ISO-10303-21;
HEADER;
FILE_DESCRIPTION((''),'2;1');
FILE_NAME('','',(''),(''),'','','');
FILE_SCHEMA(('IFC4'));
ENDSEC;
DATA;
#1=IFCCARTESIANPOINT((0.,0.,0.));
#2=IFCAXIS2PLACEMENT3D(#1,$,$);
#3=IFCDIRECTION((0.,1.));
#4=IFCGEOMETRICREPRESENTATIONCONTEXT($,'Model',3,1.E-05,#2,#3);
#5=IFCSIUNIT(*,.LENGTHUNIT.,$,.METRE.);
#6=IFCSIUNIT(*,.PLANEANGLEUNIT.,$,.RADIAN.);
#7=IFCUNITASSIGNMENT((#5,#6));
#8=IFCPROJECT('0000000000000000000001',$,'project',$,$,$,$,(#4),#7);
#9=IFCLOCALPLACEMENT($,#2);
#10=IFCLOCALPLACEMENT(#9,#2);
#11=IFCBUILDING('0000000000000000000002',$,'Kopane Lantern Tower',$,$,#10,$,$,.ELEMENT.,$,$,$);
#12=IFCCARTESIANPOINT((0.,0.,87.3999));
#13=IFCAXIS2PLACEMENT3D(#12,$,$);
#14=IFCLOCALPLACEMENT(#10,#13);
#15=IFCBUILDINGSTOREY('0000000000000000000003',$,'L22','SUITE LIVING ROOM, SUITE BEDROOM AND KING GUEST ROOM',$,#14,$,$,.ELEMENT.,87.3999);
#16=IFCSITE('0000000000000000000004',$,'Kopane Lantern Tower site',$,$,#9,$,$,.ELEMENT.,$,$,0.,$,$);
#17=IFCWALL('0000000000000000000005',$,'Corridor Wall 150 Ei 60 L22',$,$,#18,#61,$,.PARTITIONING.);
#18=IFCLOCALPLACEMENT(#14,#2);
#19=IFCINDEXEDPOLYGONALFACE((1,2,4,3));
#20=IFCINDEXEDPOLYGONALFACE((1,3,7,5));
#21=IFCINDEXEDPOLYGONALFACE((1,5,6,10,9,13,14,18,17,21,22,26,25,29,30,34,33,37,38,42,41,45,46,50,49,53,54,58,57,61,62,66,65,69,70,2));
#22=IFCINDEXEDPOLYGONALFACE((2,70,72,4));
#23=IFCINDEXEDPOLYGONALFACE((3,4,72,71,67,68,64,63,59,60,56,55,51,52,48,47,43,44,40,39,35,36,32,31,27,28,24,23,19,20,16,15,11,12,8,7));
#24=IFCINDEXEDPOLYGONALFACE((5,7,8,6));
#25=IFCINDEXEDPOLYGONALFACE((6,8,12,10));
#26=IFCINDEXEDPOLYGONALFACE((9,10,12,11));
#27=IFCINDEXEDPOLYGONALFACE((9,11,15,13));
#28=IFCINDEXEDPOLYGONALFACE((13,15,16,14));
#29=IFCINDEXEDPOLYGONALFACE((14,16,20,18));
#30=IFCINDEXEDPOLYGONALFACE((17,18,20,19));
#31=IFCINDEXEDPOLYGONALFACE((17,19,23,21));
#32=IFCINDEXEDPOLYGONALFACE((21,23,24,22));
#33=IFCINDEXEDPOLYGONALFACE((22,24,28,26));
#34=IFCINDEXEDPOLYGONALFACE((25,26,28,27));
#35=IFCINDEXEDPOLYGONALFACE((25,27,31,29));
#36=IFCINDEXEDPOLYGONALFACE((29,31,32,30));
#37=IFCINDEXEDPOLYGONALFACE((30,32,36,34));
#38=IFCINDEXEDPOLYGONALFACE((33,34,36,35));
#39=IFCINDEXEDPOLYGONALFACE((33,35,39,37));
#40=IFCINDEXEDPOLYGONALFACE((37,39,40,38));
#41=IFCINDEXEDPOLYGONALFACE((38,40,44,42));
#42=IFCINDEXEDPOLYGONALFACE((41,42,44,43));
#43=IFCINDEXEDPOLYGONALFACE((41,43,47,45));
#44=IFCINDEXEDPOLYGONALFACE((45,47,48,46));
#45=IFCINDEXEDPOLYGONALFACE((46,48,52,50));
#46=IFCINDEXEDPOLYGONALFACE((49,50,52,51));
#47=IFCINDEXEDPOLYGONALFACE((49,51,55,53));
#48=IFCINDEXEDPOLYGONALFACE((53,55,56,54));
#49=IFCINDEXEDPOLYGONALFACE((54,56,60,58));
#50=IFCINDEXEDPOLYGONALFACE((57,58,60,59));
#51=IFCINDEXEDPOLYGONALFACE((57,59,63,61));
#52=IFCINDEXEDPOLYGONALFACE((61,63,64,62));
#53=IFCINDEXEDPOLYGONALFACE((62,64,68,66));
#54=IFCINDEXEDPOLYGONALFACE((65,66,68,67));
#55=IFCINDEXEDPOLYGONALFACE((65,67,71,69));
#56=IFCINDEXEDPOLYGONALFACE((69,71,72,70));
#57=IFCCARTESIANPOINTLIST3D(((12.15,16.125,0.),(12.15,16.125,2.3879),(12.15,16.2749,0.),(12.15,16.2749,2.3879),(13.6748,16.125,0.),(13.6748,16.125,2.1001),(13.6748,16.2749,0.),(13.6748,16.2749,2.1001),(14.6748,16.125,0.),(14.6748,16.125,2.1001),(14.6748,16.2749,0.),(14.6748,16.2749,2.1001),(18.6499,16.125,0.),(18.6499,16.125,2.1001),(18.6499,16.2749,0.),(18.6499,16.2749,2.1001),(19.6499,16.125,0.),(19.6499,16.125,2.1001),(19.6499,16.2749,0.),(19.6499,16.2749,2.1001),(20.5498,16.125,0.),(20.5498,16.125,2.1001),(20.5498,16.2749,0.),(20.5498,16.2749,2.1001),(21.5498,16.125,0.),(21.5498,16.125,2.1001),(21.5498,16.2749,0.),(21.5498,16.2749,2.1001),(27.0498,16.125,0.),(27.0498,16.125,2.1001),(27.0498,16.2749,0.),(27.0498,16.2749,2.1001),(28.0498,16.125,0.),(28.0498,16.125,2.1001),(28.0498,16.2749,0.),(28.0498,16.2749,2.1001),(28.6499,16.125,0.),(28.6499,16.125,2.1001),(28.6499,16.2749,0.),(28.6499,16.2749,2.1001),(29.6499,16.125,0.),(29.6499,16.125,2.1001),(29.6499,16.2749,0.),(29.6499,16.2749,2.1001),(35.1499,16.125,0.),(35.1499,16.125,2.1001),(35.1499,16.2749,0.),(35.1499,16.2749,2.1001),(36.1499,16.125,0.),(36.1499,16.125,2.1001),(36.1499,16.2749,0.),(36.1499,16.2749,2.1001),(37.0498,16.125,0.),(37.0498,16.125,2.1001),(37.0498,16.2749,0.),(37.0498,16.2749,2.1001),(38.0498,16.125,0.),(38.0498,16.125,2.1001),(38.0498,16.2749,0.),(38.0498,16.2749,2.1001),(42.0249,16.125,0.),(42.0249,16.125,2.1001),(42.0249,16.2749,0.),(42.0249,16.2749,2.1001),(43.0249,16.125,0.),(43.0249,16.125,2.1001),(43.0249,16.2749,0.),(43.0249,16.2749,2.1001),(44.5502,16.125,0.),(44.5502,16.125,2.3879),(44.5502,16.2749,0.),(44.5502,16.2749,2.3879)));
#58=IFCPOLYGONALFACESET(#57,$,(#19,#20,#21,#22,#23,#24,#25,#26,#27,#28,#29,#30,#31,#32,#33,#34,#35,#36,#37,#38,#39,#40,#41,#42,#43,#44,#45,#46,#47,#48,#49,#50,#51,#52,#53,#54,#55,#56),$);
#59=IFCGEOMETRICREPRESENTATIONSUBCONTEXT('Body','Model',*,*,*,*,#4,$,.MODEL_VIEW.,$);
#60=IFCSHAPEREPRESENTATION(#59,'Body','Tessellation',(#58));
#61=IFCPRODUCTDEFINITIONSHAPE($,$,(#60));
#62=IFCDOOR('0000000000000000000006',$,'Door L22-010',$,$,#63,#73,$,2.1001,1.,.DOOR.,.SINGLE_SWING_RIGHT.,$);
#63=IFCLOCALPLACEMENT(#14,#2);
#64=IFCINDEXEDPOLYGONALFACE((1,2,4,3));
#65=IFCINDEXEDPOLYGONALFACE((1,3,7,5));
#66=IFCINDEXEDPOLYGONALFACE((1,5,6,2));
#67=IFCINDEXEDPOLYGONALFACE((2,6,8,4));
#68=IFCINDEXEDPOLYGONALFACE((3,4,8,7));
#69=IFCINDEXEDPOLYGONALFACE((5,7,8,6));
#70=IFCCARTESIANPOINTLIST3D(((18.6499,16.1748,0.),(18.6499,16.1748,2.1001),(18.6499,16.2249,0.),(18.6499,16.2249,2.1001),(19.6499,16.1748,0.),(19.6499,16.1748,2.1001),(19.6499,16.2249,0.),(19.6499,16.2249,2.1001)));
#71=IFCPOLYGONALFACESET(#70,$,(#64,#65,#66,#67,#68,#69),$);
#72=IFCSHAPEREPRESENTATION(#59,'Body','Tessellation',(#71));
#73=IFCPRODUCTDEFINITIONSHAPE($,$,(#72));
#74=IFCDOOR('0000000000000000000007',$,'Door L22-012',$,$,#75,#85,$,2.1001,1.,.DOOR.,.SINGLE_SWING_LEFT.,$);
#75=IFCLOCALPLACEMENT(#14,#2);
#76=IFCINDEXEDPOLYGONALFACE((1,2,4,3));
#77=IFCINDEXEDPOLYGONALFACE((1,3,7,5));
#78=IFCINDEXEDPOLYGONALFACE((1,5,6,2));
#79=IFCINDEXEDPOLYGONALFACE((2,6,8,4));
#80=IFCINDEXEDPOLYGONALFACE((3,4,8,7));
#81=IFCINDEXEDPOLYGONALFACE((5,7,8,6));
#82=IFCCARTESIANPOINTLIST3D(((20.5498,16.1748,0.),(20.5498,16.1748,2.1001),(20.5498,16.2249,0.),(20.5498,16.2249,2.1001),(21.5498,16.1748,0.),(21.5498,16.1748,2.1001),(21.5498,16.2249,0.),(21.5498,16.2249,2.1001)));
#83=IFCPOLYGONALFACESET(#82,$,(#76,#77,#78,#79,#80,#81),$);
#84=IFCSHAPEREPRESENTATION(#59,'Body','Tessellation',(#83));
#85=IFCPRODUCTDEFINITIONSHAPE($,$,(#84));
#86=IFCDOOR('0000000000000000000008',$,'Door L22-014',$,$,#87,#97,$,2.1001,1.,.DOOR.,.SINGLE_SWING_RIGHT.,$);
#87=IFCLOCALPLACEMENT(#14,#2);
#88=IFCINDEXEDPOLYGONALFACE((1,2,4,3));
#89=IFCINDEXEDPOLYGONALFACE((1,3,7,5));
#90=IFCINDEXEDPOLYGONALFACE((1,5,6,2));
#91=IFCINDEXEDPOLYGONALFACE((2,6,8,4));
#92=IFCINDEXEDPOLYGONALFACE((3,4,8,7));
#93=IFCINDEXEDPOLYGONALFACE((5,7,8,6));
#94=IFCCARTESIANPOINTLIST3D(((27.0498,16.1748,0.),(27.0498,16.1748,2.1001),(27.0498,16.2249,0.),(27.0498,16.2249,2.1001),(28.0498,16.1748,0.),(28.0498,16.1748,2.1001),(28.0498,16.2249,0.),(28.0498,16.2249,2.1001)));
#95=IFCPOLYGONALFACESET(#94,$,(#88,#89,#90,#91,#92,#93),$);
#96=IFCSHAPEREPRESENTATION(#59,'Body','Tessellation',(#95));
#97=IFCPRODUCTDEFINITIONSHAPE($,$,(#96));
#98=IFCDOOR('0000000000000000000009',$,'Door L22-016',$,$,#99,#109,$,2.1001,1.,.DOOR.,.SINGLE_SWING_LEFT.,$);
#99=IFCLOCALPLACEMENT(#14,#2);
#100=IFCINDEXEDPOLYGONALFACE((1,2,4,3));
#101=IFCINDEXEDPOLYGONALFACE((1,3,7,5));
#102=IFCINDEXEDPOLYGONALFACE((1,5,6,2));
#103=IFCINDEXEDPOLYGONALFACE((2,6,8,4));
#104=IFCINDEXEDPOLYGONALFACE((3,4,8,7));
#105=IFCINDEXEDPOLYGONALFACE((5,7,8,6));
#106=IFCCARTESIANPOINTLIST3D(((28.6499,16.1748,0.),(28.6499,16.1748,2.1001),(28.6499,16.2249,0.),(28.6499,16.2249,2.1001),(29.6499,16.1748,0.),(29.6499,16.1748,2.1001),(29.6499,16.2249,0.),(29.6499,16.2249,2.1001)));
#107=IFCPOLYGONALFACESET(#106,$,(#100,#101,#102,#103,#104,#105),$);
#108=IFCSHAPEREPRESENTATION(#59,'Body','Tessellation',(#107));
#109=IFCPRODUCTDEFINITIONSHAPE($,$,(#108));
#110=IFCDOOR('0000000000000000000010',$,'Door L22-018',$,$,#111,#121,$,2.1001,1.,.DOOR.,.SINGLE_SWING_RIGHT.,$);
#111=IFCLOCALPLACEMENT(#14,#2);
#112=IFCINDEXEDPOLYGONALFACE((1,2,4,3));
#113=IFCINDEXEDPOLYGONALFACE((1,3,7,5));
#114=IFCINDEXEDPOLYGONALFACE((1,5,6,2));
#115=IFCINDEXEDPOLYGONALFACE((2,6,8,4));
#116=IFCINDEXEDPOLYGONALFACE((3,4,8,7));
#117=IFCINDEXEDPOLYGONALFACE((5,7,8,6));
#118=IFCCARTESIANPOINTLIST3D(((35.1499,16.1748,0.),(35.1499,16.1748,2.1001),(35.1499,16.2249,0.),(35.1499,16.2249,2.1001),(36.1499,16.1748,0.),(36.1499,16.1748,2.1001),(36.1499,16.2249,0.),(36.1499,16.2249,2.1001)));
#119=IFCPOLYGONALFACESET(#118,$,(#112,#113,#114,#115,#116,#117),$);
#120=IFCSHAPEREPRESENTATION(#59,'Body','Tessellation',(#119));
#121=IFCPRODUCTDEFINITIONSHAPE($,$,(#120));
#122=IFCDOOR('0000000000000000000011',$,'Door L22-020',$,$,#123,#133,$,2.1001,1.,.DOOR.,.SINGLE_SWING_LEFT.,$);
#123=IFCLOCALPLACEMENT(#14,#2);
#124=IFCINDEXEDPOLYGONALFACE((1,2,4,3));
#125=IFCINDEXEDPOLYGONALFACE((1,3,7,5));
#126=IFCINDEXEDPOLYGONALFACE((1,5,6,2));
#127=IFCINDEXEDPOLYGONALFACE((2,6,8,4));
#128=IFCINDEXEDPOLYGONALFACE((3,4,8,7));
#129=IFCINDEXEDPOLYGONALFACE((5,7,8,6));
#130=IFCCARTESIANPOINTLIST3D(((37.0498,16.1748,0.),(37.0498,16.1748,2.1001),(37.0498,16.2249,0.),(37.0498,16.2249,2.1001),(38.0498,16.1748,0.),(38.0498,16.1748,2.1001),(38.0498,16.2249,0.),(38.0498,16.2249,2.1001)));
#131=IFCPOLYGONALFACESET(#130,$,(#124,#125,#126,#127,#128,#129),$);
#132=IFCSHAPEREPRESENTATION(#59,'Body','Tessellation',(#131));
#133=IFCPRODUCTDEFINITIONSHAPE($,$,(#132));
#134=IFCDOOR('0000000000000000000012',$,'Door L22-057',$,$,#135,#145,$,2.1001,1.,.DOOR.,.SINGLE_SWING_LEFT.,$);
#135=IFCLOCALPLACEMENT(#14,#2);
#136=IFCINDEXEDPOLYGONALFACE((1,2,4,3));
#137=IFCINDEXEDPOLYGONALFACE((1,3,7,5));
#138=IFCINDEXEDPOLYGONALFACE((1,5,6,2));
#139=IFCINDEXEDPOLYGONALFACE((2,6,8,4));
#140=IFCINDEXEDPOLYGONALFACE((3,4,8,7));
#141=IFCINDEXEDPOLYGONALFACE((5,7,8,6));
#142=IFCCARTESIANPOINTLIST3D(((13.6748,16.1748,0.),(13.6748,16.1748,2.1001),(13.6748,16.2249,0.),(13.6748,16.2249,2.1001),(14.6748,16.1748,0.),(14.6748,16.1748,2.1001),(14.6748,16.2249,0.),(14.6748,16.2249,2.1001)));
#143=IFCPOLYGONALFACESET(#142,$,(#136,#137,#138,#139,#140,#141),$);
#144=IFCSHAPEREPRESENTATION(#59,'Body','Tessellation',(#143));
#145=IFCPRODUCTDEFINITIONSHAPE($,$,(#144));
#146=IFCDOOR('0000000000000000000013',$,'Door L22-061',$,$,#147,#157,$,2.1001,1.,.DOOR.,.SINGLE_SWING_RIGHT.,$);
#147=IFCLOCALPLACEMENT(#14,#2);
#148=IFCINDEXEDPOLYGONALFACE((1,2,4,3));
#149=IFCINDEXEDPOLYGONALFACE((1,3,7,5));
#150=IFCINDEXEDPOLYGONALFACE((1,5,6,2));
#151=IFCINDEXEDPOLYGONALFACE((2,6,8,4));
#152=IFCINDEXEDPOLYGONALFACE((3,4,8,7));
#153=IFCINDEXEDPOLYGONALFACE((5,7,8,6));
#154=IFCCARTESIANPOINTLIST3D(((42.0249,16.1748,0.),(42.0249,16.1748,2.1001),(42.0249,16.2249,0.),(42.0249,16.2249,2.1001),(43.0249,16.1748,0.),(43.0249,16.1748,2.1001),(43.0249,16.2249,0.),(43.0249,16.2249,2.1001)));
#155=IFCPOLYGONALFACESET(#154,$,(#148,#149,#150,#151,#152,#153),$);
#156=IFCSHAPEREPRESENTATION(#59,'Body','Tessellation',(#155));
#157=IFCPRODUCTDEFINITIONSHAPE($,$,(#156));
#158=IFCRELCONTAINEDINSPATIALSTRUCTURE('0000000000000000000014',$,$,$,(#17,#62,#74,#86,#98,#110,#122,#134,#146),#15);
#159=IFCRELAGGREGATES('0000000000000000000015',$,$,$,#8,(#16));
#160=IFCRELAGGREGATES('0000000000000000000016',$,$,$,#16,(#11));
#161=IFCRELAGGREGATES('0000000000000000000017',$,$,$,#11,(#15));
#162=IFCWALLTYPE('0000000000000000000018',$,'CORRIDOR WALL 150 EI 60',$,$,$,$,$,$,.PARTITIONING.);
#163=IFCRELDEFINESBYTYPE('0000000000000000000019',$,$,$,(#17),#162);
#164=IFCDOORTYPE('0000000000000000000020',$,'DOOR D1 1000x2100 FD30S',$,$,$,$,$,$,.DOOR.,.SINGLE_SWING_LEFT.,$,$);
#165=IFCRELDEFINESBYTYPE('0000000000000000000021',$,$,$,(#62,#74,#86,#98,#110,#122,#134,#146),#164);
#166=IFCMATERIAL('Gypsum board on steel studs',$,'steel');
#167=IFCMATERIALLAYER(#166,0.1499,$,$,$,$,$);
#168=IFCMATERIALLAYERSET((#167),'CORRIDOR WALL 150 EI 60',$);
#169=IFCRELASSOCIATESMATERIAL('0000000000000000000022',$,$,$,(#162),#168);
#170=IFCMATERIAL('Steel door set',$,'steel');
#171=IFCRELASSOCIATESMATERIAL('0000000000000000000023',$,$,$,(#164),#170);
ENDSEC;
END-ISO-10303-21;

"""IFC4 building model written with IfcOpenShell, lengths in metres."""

from ifc_helpers import new_model, si_unit, direction, frame, frame_2d, origin, place, context, subcontext, project, spatial, rectangle, extrude, material, layer, layer_set, type_object, element, fill, save


model = new_model("IFC4")

# Units and contexts
model_context = context("Model", 3, precision=1e-05, world=origin(), true_north=direction((0.0, 1.0)))
body_context = subcontext(model_context, "Body", "Model", "MODEL_VIEW")
ifc_project = project(units=[si_unit("LENGTHUNIT", "METRE"), si_unit("PLANEANGLEUNIT", "RADIAN")], contexts=[model_context])

# Site, building, storey
site_placement = place(None, origin())
site = spatial("IfcSite", under=ifc_project, at=site_placement, Name="Kopane Lantern Tower site", CompositionType="ELEMENT", RefElevation=0.0)
building_placement = place(site_placement, origin())
building = spatial("IfcBuilding", under=site, at=building_placement, Name="Kopane Lantern Tower", CompositionType="ELEMENT")
storey_placement = place(building_placement, frame((0.0, 0.0, 87.3999)))
storey = spatial("IfcBuildingStorey", under=building, at=storey_placement, Name="L22", Description="SUITE LIVING ROOM, SUITE BEDROOM AND KING GUEST ROOM", CompositionType="ELEMENT", Elevation=87.3999)

# Wall, openings, doors
ifc_material_1 = material(Name="Gypsum board on steel studs", Category="steel")
ifc_layer_1 = layer(ifc_material_1, 0.1499)
ifc_layer_set_1 = layer_set([ifc_layer_1], Name="CORRIDOR WALL 150 EI 60")
wall_type_1 = type_object("IfcWallType", Name="CORRIDOR WALL 150 EI 60", PredefinedType="PARTITIONING", material=ifc_layer_set_1)
wall_1_placement = place(storey_placement, frame((12.1499, 16.2, 0.0), z_axis=(0.0, 0.0, 1.0), x_axis=(1.0, 0.0, 0.0)))
wall_1 = element("IfcWall", 1, at=wall_1_placement, inside=storey, type_object=wall_type_1, Name="Corridor Wall 150 Ei 60 L22", PredefinedType="PARTITIONING", context=body_context, shape_type="SweptSolid", body=[
    extrude(rectangle(XDim=32.4001, YDim=0.1499, at=frame_2d((16.2002, 0.0))), origin(), (0.0, 0.0, 1.0), 2.3879),
])
opening_1_placement = place(wall_1_placement, frame((6.5, 0.0, 0.0)))
opening_1 = element("IfcOpeningElement", 2, at=opening_1_placement, cuts=wall_1, PredefinedType="OPENING", context=body_context, shape_type="SweptSolid", body=[
    extrude(rectangle(XDim=1.0, YDim=2.1001, at=frame_2d((0.5, 1.05))), frame((0.0, 0.085, 0.0), z_axis=(0.0, -1.0, 0.0), x_axis=(1.0, 0.0, 0.0)), (0.0, 0.0, 1.0), 0.1699),
])
opening_2_placement = place(wall_1_placement, frame((8.3999, 0.0, 0.0)))
opening_2 = element("IfcOpeningElement", 3, at=opening_2_placement, cuts=wall_1, PredefinedType="OPENING", context=body_context, shape_type="SweptSolid", body=[
    extrude(rectangle(XDim=1.0, YDim=2.1001, at=frame_2d((0.5, 1.05))), frame((0.0, 0.085, 0.0), z_axis=(0.0, -1.0, 0.0), x_axis=(1.0, 0.0, 0.0)), (0.0, 0.0, 1.0), 0.1699),
])
opening_3_placement = place(wall_1_placement, frame((14.8999, 0.0, 0.0)))
opening_3 = element("IfcOpeningElement", 4, at=opening_3_placement, cuts=wall_1, PredefinedType="OPENING", context=body_context, shape_type="SweptSolid", body=[
    extrude(rectangle(XDim=1.0, YDim=2.1001, at=frame_2d((0.5, 1.05))), frame((0.0, 0.085, 0.0), z_axis=(0.0, -1.0, 0.0), x_axis=(1.0, 0.0, 0.0)), (0.0, 0.0, 1.0), 0.1699),
])
opening_4_placement = place(wall_1_placement, frame((16.5, 0.0, 0.0)))
opening_4 = element("IfcOpeningElement", 5, at=opening_4_placement, cuts=wall_1, PredefinedType="OPENING", context=body_context, shape_type="SweptSolid", body=[
    extrude(rectangle(XDim=1.0, YDim=2.1001, at=frame_2d((0.5, 1.05))), frame((0.0, 0.085, 0.0), z_axis=(0.0, -1.0, 0.0), x_axis=(1.0, 0.0, 0.0)), (0.0, 0.0, 1.0), 0.1699),
])
opening_5_placement = place(wall_1_placement, frame((23.0, 0.0, 0.0)))
opening_5 = element("IfcOpeningElement", 6, at=opening_5_placement, cuts=wall_1, PredefinedType="OPENING", context=body_context, shape_type="SweptSolid", body=[
    extrude(rectangle(XDim=1.0, YDim=2.1001, at=frame_2d((0.5, 1.05))), frame((0.0, 0.085, 0.0), z_axis=(0.0, -1.0, 0.0), x_axis=(1.0, 0.0, 0.0)), (0.0, 0.0, 1.0), 0.1699),
])
opening_6_placement = place(wall_1_placement, frame((24.8999, 0.0, 0.0)))
opening_6 = element("IfcOpeningElement", 7, at=opening_6_placement, cuts=wall_1, PredefinedType="OPENING", context=body_context, shape_type="SweptSolid", body=[
    extrude(rectangle(XDim=1.0, YDim=2.1001, at=frame_2d((0.5, 1.05))), frame((0.0, 0.085, 0.0), z_axis=(0.0, -1.0, 0.0), x_axis=(1.0, 0.0, 0.0)), (0.0, 0.0, 1.0), 0.1699),
])
opening_7_placement = place(wall_1_placement, frame((1.5249, 0.0, 0.0)))
opening_7 = element("IfcOpeningElement", 8, at=opening_7_placement, cuts=wall_1, PredefinedType="OPENING", context=body_context, shape_type="SweptSolid", body=[
    extrude(rectangle(XDim=1.0, YDim=2.1001, at=frame_2d((0.5, 1.05))), frame((0.0, 0.085, 0.0), z_axis=(0.0, -1.0, 0.0), x_axis=(1.0, 0.0, 0.0)), (0.0, 0.0, 1.0), 0.1699),
])
opening_8_placement = place(wall_1_placement, frame((29.875, 0.0, 0.0)))
opening_8 = element("IfcOpeningElement", 9, at=opening_8_placement, cuts=wall_1, PredefinedType="OPENING", context=body_context, shape_type="SweptSolid", body=[
    extrude(rectangle(XDim=1.0, YDim=2.1001, at=frame_2d((0.5, 1.05))), frame((0.0, 0.085, 0.0), z_axis=(0.0, -1.0, 0.0), x_axis=(1.0, 0.0, 0.0)), (0.0, 0.0, 1.0), 0.1699),
])
ifc_material_2 = material(Name="Steel door set", Category="steel")
door_type = type_object("IfcDoorType", Name="DOOR D1 1000x2100 FD30S", OperationType="SINGLE_SWING_LEFT", PredefinedType="DOOR", material=ifc_material_2)
door_1_placement = place(opening_1_placement, origin())
door_1 = element("IfcDoor", 10, at=door_1_placement, inside=storey, type_object=door_type, Name="Door L22-010", OperationType="SINGLE_SWING_RIGHT", OverallHeight=2.1001, OverallWidth=1.0, PredefinedType="DOOR", context=body_context, shape_type="SweptSolid", body=[
    extrude(rectangle(XDim=1.0, YDim=2.1001, at=frame_2d((0.5, 1.05))), frame((0.0, 0.0249, 0.0), z_axis=(0.0, -1.0, 0.0), x_axis=(1.0, 0.0, 0.0)), (0.0, 0.0, 1.0), 0.05),
])
fill(opening_1, door_1)
door_2_placement = place(opening_2_placement, origin())
door_2 = element("IfcDoor", 11, at=door_2_placement, inside=storey, type_object=door_type, Name="Door L22-012", OperationType="SINGLE_SWING_LEFT", OverallHeight=2.1001, OverallWidth=1.0, PredefinedType="DOOR", context=body_context, shape_type="SweptSolid", body=[
    extrude(rectangle(XDim=1.0, YDim=2.1001, at=frame_2d((0.5, 1.05))), frame((0.0, 0.0249, 0.0), z_axis=(0.0, -1.0, 0.0), x_axis=(1.0, 0.0, 0.0)), (0.0, 0.0, 1.0), 0.05),
])
fill(opening_2, door_2)
door_3_placement = place(opening_3_placement, origin())
door_3 = element("IfcDoor", 12, at=door_3_placement, inside=storey, type_object=door_type, Name="Door L22-014", OperationType="SINGLE_SWING_RIGHT", OverallHeight=2.1001, OverallWidth=1.0, PredefinedType="DOOR", context=body_context, shape_type="SweptSolid", body=[
    extrude(rectangle(XDim=1.0, YDim=2.1001, at=frame_2d((0.5, 1.05))), frame((0.0, 0.0249, 0.0), z_axis=(0.0, -1.0, 0.0), x_axis=(1.0, 0.0, 0.0)), (0.0, 0.0, 1.0), 0.05),
])
fill(opening_3, door_3)
door_4_placement = place(opening_4_placement, origin())
door_4 = element("IfcDoor", 13, at=door_4_placement, inside=storey, type_object=door_type, Name="Door L22-016", OperationType="SINGLE_SWING_LEFT", OverallHeight=2.1001, OverallWidth=1.0, PredefinedType="DOOR", context=body_context, shape_type="SweptSolid", body=[
    extrude(rectangle(XDim=1.0, YDim=2.1001, at=frame_2d((0.5, 1.05))), frame((0.0, 0.0249, 0.0), z_axis=(0.0, -1.0, 0.0), x_axis=(1.0, 0.0, 0.0)), (0.0, 0.0, 1.0), 0.05),
])
fill(opening_4, door_4)
door_5_placement = place(opening_5_placement, origin())
door_5 = element("IfcDoor", 14, at=door_5_placement, inside=storey, type_object=door_type, Name="Door L22-018", OperationType="SINGLE_SWING_RIGHT", OverallHeight=2.1001, OverallWidth=1.0, PredefinedType="DOOR", context=body_context, shape_type="SweptSolid", body=[
    extrude(rectangle(XDim=1.0, YDim=2.1001, at=frame_2d((0.5, 1.05))), frame((0.0, 0.0249, 0.0), z_axis=(0.0, -1.0, 0.0), x_axis=(1.0, 0.0, 0.0)), (0.0, 0.0, 1.0), 0.05),
])
fill(opening_5, door_5)
door_6_placement = place(opening_6_placement, origin())
door_6 = element("IfcDoor", 15, at=door_6_placement, inside=storey, type_object=door_type, Name="Door L22-020", OperationType="SINGLE_SWING_LEFT", OverallHeight=2.1001, OverallWidth=1.0, PredefinedType="DOOR", context=body_context, shape_type="SweptSolid", body=[
    extrude(rectangle(XDim=1.0, YDim=2.1001, at=frame_2d((0.5, 1.05))), frame((0.0, 0.0249, 0.0), z_axis=(0.0, -1.0, 0.0), x_axis=(1.0, 0.0, 0.0)), (0.0, 0.0, 1.0), 0.05),
])
fill(opening_6, door_6)
door_7_placement = place(opening_7_placement, origin())
door_7 = element("IfcDoor", 16, at=door_7_placement, inside=storey, type_object=door_type, Name="Door L22-057", OperationType="SINGLE_SWING_LEFT", OverallHeight=2.1001, OverallWidth=1.0, PredefinedType="DOOR", context=body_context, shape_type="SweptSolid", body=[
    extrude(rectangle(XDim=1.0, YDim=2.1001, at=frame_2d((0.5, 1.05))), frame((0.0, 0.0249, 0.0), z_axis=(0.0, -1.0, 0.0), x_axis=(1.0, 0.0, 0.0)), (0.0, 0.0, 1.0), 0.05),
])
fill(opening_7, door_7)
door_8_placement = place(opening_8_placement, origin())
door_8 = element("IfcDoor", 17, at=door_8_placement, inside=storey, type_object=door_type, Name="Door L22-061", OperationType="SINGLE_SWING_RIGHT", OverallHeight=2.1001, OverallWidth=1.0, PredefinedType="DOOR", context=body_context, shape_type="SweptSolid", body=[
    extrude(rectangle(XDim=1.0, YDim=2.1001, at=frame_2d((0.5, 1.05))), frame((0.0, 0.0249, 0.0), z_axis=(0.0, -1.0, 0.0), x_axis=(1.0, 0.0, 0.0)), (0.0, 0.0, 1.0), 0.05),
])
fill(opening_8, door_8)

save(model, "model.ifc")
